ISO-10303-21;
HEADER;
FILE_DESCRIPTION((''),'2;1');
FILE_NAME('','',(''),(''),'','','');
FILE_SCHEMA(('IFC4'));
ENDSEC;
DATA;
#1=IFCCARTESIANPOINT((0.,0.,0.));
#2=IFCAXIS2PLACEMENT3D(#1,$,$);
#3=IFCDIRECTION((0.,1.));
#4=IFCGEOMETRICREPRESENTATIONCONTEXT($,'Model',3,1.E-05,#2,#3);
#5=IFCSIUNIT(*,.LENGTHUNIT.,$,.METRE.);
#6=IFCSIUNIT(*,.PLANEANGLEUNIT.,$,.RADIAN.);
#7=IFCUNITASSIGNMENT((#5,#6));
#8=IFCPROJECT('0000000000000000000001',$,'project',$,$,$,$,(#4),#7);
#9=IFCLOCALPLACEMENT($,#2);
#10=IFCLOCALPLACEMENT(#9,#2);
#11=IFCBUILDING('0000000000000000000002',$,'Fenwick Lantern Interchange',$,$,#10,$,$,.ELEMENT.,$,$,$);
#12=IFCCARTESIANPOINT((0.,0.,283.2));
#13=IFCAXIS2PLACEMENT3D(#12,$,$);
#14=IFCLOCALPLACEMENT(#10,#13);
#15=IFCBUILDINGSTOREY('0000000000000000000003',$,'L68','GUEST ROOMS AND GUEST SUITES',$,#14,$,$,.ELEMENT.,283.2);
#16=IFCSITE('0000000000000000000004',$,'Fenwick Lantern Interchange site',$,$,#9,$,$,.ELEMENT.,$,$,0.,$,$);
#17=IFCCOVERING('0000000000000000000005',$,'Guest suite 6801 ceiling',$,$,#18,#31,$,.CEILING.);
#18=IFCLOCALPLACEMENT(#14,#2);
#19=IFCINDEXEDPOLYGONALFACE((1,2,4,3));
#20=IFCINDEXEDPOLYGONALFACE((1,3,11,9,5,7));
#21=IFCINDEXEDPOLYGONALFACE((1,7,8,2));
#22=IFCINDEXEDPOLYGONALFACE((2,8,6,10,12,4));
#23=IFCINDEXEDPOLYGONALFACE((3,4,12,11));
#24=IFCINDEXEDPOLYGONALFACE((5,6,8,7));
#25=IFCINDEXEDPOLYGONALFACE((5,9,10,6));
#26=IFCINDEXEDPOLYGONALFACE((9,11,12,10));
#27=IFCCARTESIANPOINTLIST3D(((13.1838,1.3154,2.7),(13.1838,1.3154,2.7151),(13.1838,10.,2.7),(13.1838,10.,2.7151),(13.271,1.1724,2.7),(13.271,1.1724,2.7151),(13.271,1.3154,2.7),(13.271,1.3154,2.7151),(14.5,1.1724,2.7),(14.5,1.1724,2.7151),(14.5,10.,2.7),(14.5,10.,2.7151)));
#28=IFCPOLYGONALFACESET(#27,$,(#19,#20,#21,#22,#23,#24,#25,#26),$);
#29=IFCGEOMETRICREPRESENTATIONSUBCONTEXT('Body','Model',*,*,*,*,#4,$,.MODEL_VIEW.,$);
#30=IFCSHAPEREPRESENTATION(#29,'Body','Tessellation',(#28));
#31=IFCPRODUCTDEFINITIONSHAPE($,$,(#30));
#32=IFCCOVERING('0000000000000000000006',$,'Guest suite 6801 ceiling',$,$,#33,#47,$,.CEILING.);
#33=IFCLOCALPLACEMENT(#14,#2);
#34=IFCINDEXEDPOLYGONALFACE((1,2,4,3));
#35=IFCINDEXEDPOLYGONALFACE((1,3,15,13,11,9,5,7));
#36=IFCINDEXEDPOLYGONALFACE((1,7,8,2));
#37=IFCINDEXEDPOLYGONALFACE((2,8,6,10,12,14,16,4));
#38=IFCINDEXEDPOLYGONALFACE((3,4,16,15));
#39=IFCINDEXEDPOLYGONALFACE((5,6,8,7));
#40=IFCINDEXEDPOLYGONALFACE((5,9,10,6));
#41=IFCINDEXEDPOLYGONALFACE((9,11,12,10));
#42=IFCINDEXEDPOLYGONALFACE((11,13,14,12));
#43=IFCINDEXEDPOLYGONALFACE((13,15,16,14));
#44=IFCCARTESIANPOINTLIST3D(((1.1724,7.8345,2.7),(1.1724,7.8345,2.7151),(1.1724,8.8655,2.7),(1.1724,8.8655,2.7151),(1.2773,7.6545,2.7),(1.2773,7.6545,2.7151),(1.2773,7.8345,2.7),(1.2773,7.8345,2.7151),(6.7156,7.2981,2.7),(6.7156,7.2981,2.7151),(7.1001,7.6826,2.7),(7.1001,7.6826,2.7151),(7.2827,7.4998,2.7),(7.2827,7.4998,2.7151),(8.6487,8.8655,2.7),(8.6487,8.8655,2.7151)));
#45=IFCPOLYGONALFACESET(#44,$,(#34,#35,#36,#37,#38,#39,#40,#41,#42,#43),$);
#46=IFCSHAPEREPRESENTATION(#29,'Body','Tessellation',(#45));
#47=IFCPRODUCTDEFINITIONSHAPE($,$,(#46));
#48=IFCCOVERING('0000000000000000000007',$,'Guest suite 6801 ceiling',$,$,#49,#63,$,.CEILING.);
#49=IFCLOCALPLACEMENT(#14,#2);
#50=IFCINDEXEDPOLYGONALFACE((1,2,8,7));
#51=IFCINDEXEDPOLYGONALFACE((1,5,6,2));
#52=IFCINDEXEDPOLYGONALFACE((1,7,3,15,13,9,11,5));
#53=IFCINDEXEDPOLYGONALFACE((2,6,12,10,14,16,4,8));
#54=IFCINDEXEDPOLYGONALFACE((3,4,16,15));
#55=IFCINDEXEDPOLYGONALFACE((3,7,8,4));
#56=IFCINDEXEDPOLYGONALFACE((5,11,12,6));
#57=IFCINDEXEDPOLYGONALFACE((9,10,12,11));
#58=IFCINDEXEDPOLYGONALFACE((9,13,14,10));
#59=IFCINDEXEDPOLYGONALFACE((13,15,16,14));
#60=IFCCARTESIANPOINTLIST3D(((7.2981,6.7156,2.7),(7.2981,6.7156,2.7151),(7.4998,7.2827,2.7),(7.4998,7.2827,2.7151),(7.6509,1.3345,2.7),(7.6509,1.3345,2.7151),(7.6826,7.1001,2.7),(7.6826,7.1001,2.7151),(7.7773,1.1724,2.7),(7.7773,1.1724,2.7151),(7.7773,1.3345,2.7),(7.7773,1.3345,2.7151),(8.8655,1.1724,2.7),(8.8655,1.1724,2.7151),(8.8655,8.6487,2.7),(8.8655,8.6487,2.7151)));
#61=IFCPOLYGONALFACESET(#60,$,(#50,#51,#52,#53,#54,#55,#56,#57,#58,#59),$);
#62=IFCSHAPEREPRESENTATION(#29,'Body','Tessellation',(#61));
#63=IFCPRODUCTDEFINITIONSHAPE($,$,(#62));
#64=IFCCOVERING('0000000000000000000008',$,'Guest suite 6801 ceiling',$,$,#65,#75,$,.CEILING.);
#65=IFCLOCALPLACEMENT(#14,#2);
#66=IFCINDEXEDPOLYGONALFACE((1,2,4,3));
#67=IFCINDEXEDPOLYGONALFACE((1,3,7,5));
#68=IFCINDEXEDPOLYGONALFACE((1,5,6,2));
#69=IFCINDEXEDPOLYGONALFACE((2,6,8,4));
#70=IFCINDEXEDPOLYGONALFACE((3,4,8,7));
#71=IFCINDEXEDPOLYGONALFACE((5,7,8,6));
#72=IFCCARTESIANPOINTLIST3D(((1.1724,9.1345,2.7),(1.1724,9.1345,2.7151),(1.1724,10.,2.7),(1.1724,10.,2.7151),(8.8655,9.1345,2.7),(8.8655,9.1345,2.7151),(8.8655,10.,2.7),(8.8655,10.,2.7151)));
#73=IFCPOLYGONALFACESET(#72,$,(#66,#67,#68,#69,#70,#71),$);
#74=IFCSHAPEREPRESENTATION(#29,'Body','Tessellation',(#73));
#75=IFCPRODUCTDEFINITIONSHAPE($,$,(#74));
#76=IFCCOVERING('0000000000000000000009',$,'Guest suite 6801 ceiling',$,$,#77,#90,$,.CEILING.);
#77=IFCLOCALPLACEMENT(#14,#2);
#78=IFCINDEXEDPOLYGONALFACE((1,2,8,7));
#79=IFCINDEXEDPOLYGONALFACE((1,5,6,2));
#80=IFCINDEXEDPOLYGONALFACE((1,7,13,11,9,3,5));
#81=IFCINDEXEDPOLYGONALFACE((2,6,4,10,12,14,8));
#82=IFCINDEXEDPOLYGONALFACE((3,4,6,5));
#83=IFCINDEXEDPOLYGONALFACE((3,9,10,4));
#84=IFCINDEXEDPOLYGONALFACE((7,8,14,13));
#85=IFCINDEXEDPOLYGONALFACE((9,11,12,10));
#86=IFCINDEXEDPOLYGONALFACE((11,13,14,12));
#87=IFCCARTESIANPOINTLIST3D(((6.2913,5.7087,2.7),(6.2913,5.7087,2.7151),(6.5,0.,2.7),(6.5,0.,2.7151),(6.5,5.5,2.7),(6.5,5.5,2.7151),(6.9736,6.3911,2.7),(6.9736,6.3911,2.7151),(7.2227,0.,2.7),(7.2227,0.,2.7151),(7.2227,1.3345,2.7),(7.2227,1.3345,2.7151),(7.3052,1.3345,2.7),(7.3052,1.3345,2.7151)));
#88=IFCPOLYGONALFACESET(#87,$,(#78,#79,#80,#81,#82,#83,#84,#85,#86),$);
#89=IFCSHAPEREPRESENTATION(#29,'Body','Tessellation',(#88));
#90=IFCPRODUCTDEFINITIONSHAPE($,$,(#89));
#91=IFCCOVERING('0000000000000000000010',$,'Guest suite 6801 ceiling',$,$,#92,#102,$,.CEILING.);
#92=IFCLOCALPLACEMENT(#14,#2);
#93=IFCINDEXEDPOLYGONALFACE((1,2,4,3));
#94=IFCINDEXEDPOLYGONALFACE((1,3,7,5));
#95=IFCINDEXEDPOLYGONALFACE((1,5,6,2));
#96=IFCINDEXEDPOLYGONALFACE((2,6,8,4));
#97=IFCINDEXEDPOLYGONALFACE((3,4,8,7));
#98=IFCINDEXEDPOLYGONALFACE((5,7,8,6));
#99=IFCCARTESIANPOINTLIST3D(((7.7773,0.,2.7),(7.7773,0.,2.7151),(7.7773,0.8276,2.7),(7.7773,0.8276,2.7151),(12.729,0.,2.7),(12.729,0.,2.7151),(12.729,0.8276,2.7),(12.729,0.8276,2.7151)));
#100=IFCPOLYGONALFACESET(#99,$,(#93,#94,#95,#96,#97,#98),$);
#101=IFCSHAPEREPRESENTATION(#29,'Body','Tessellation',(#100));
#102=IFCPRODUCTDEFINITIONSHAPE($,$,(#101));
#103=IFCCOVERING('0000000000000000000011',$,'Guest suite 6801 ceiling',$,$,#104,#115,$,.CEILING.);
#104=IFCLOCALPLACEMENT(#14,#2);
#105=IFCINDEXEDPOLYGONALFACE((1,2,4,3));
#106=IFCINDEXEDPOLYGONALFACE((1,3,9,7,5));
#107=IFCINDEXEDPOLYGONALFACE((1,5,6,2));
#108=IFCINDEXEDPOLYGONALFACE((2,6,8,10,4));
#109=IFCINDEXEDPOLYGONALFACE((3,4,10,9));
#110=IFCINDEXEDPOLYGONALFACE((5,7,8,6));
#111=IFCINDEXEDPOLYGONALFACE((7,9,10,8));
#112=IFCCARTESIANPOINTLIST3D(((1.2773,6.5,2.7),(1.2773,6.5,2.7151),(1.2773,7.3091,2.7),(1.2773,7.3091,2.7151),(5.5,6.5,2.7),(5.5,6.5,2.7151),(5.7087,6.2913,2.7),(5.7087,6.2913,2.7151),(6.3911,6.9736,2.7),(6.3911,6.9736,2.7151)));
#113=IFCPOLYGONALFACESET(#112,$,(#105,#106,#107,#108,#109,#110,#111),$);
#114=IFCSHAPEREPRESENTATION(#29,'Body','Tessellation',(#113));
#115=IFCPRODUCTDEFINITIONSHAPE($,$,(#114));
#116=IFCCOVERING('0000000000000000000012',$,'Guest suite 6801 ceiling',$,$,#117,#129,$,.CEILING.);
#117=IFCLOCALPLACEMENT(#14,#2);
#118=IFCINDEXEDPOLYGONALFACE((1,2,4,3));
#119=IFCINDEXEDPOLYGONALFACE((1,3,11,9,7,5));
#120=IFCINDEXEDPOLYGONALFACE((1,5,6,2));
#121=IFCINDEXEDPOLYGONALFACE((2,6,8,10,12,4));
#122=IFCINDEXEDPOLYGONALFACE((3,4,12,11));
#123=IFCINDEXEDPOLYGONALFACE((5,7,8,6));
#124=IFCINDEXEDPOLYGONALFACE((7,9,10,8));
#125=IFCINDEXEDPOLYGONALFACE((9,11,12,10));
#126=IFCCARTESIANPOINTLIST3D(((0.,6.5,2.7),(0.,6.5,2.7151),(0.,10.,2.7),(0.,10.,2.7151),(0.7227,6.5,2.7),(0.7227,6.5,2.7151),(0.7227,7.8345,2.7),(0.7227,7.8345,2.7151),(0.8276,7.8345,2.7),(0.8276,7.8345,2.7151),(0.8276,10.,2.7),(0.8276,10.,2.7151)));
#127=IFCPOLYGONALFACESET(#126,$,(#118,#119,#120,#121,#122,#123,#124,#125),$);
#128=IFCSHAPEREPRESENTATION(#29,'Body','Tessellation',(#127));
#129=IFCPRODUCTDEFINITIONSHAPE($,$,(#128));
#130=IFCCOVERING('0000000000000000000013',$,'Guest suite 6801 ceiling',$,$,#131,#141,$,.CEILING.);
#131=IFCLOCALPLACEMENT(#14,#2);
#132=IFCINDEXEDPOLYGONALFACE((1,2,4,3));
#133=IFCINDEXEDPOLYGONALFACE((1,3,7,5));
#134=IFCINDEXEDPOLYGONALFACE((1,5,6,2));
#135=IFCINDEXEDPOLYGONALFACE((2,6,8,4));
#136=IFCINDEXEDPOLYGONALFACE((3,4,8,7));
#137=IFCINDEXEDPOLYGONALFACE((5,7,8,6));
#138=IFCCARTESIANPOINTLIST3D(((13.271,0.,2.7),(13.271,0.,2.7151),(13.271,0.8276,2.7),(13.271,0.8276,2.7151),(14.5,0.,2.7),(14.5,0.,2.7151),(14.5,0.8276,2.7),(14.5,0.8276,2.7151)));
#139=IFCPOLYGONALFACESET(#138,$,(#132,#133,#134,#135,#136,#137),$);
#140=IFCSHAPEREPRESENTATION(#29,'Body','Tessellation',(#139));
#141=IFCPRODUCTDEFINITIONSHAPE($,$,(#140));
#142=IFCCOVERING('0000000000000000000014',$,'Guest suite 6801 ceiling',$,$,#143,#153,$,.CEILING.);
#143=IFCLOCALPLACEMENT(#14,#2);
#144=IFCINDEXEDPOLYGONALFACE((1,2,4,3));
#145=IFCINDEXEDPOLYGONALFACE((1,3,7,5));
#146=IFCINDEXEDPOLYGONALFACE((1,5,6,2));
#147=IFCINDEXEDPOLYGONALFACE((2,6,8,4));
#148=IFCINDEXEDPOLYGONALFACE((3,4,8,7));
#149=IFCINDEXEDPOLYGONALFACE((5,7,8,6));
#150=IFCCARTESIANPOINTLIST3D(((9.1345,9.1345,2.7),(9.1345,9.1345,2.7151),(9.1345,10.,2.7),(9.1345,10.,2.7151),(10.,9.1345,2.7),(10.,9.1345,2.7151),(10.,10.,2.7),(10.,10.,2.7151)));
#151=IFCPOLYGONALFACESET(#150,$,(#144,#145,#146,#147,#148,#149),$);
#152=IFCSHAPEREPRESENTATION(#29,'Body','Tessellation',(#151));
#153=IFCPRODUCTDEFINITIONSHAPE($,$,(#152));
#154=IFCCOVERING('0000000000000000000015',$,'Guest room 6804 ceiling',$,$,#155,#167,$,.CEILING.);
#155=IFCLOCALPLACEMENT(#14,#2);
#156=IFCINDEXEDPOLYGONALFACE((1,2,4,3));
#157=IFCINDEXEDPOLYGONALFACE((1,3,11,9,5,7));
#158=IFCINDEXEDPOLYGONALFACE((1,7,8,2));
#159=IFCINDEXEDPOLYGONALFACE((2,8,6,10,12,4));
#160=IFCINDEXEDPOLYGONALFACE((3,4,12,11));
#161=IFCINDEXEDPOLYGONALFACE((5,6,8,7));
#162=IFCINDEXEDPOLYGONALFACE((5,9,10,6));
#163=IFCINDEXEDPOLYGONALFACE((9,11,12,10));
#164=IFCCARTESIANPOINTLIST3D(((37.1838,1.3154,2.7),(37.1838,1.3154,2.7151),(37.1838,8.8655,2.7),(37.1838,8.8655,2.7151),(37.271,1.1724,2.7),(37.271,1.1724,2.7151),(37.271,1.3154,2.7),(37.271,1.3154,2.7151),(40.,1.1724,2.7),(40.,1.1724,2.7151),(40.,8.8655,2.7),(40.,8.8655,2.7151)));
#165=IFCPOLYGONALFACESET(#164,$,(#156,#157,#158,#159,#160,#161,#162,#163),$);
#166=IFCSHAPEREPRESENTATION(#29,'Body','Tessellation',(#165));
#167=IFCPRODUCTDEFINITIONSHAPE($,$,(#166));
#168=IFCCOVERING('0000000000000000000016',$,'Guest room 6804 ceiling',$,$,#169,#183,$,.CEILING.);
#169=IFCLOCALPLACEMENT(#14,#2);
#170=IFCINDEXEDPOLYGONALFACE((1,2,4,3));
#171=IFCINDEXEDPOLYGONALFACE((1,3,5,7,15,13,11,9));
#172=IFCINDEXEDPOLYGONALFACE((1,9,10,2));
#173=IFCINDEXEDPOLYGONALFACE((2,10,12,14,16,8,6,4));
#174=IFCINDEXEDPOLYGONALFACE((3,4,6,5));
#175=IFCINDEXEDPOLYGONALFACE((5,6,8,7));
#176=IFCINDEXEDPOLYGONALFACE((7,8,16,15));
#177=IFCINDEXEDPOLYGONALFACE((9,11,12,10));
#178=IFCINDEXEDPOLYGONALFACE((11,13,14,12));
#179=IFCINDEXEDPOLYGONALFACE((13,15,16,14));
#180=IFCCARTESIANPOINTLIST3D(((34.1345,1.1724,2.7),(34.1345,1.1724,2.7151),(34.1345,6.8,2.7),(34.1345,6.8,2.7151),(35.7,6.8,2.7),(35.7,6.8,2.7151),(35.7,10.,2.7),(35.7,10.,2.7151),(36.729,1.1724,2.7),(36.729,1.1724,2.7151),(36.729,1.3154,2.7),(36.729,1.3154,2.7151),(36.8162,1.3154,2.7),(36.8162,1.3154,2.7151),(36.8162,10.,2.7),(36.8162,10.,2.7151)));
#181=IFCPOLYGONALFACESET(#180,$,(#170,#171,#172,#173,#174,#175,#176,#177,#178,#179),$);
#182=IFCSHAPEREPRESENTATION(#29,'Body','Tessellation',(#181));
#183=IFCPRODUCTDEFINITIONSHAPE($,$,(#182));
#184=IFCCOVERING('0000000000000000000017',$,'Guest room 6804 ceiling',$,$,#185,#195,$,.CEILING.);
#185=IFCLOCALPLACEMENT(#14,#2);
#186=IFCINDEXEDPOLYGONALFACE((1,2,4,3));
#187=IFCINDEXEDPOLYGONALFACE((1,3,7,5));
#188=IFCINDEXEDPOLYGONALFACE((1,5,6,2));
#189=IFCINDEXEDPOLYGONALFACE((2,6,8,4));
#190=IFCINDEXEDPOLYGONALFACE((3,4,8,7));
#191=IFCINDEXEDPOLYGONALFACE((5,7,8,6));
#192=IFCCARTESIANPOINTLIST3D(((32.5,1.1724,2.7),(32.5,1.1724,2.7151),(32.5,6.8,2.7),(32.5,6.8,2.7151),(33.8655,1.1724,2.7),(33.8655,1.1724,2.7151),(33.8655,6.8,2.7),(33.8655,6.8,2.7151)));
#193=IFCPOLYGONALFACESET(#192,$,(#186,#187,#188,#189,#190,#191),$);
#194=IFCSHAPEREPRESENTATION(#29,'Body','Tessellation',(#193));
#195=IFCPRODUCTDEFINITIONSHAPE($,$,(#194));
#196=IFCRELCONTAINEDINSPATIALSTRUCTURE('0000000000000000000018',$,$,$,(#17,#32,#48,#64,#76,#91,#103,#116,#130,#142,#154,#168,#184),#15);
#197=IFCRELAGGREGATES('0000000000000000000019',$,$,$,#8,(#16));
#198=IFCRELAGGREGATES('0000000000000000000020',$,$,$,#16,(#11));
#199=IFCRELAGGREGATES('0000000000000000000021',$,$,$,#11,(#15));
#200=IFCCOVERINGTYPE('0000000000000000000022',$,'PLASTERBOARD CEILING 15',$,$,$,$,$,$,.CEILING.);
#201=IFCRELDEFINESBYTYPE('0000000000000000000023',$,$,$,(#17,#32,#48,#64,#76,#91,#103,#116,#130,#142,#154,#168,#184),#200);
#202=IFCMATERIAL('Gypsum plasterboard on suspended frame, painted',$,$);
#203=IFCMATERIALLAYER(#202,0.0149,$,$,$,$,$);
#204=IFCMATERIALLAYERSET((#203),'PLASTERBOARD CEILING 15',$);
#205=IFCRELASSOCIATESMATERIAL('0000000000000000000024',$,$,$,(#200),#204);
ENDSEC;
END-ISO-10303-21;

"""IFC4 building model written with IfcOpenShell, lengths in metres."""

from ifc_helpers import new_model, si_unit, direction, frame, origin, place, context, subcontext, project, spatial, polyline, outline, extrude, material, layer, layer_set, type_object, element, save


model = new_model("IFC4")

# Units and contexts
model_context = context("Model", 3, precision=1e-05, world=origin(), true_north=direction((0.0, 1.0)))
body_context = subcontext(model_context, "Body", "Model", "MODEL_VIEW")
ifc_project = project(units=[si_unit("LENGTHUNIT", "METRE"), si_unit("PLANEANGLEUNIT", "RADIAN")], contexts=[model_context])

# Site, building, storey
site_placement = place(None, origin())
site = spatial("IfcSite", under=ifc_project, at=site_placement, Name="Fenwick Lantern Interchange site", CompositionType="ELEMENT", RefElevation=0.0)
building_placement = place(site_placement, origin())
building = spatial("IfcBuilding", under=site, at=building_placement, Name="Fenwick Lantern Interchange", CompositionType="ELEMENT")
storey_placement = place(building_placement, frame((0.0, 0.0, 283.2)))
storey = spatial("IfcBuildingStorey", under=building, at=storey_placement, Name="L68", Description="GUEST ROOMS AND GUEST SUITES", CompositionType="ELEMENT", Elevation=283.2)

# Coverings
ifc_material = material(Name="Gypsum plasterboard on suspended frame, painted")
ifc_layer = layer(ifc_material, 0.0149)
ifc_layer_set = layer_set([ifc_layer], Name="PLASTERBOARD CEILING 15")
covering_type = type_object("IfcCoveringType", Name="PLASTERBOARD CEILING 15", PredefinedType="CEILING", material=ifc_layer_set)
covering_1_placement = place(storey_placement, frame((0.0, 0.0, 2.7)))
element("IfcCovering", 1, at=covering_1_placement, inside=storey, type_object=covering_type, Name="Guest suite 6801 ceiling", PredefinedType="CEILING", context=body_context, shape_type="SweptSolid", body=[
    extrude(outline(polyline([(14.5, 10.0), (13.1838, 10.0), (13.1838, 1.3154), (13.271, 1.3154), (13.271, 1.1724), (14.5, 1.1724), (14.5, 10.0)])), origin(), (0.0, 0.0, 1.0), 0.0151),
])
covering_2_placement = place(storey_placement, frame((0.0, 0.0, 2.7)))
element("IfcCovering", 2, at=covering_2_placement, inside=storey, type_object=covering_type, Name="Guest suite 6801 ceiling", PredefinedType="CEILING", context=body_context, shape_type="SweptSolid", body=[
    extrude(outline(polyline([(7.1001, 7.6826), (7.2827, 7.4998), (8.6487, 8.8655), (1.1724, 8.8655), (1.1724, 7.8345), (1.2773, 7.8345), (1.2773, 7.6545), (6.7156, 7.2981), (7.1001, 7.6826)])), origin(), (0.0, 0.0, 1.0), 0.0151),
])
covering_3_placement = place(storey_placement, frame((0.0, 0.0, 2.7)))
element("IfcCovering", 3, at=covering_3_placement, inside=storey, type_object=covering_type, Name="Guest suite 6801 ceiling", PredefinedType="CEILING", context=body_context, shape_type="SweptSolid", body=[
    extrude(outline(polyline([(7.7773, 1.3345), (7.7773, 1.1724), (8.8655, 1.1724), (8.8655, 8.6487), (7.4998, 7.2827), (7.6826, 7.1001), (7.2981, 6.7156), (7.6509, 1.3345), (7.7773, 1.3345)])), origin(), (0.0, 0.0, 1.0), 0.0151),
])
covering_4_placement = place(storey_placement, frame((0.0, 0.0, 2.7)))
element("IfcCovering", 4, at=covering_4_placement, inside=storey, type_object=covering_type, Name="Guest suite 6801 ceiling", PredefinedType="CEILING", context=body_context, shape_type="SweptSolid", body=[
    extrude(outline(polyline([(8.8655, 10.0), (1.1724, 10.0), (1.1724, 9.1345), (8.8655, 9.1345), (8.8655, 10.0)])), origin(), (0.0, 0.0, 1.0), 0.0151),
])
covering_5_placement = place(storey_placement, frame((0.0, 0.0, 2.7)))
element("IfcCovering", 5, at=covering_5_placement, inside=storey, type_object=covering_type, Name="Guest suite 6801 ceiling", PredefinedType="CEILING", context=body_context, shape_type="SweptSolid", body=[
    extrude(outline(polyline([(7.2227, 1.3345), (7.3052, 1.3345), (6.9736, 6.3911), (6.2913, 5.7087), (6.5, 5.5), (6.5, 0.0), (7.2227, 0.0), (7.2227, 1.3345)])), origin(), (0.0, 0.0, 1.0), 0.0151),
])
covering_6_placement = place(storey_placement, frame((0.0, 0.0, 2.7)))
element("IfcCovering", 6, at=covering_6_placement, inside=storey, type_object=covering_type, Name="Guest suite 6801 ceiling", PredefinedType="CEILING", context=body_context, shape_type="SweptSolid", body=[
    extrude(outline(polyline([(12.729, 0.0), (12.729, 0.8276), (7.7773, 0.8276), (7.7773, 0.0), (12.729, 0.0)])), origin(), (0.0, 0.0, 1.0), 0.0151),
])
covering_7_placement = place(storey_placement, frame((0.0, 0.0, 2.7)))
element("IfcCovering", 7, at=covering_7_placement, inside=storey, type_object=covering_type, Name="Guest suite 6801 ceiling", PredefinedType="CEILING", context=body_context, shape_type="SweptSolid", body=[
    extrude(outline(polyline([(5.7087, 6.2913), (6.3911, 6.9736), (1.2773, 7.3091), (1.2773, 6.5), (5.5, 6.5), (5.7087, 6.2913)])), origin(), (0.0, 0.0, 1.0), 0.0151),
])
covering_8_placement = place(storey_placement, frame((0.0, 0.0, 2.7)))
element("IfcCovering", 8, at=covering_8_placement, inside=storey, type_object=covering_type, Name="Guest suite 6801 ceiling", PredefinedType="CEILING", context=body_context, shape_type="SweptSolid", body=[
    extrude(outline(polyline([(0.7227, 7.8345), (0.8276, 7.8345), (0.8276, 10.0), (0.0, 10.0), (0.0, 6.5), (0.7227, 6.5), (0.7227, 7.8345)])), origin(), (0.0, 0.0, 1.0), 0.0151),
])
covering_9_placement = place(storey_placement, frame((0.0, 0.0, 2.7)))
element("IfcCovering", 9, at=covering_9_placement, inside=storey, type_object=covering_type, Name="Guest suite 6801 ceiling", PredefinedType="CEILING", context=body_context, shape_type="SweptSolid", body=[
    extrude(outline(polyline([(14.5, 0.0), (14.5, 0.8276), (13.271, 0.8276), (13.271, 0.0), (14.5, 0.0)])), origin(), (0.0, 0.0, 1.0), 0.0151),
])
covering_10_placement = place(storey_placement, frame((0.0, 0.0, 2.7)))
element("IfcCovering", 10, at=covering_10_placement, inside=storey, type_object=covering_type, Name="Guest suite 6801 ceiling", PredefinedType="CEILING", context=body_context, shape_type="SweptSolid", body=[
    extrude(outline(polyline([(10.0, 9.1345), (10.0, 10.0), (9.1345, 10.0), (9.1345, 9.1345), (10.0, 9.1345)])), origin(), (0.0, 0.0, 1.0), 0.0151),
])
covering_11_placement = place(storey_placement, frame((0.0, 0.0, 2.7)))
element("IfcCovering", 11, at=covering_11_placement, inside=storey, type_object=covering_type, Name="Guest room 6804 ceiling", PredefinedType="CEILING", context=body_context, shape_type="SweptSolid", body=[
    extrude(outline(polyline([(37.271, 1.3154), (37.271, 1.1724), (40.0, 1.1724), (40.0, 8.8655), (37.1838, 8.8655), (37.1838, 1.3154), (37.271, 1.3154)])), origin(), (0.0, 0.0, 1.0), 0.0151),
])
covering_12_placement = place(storey_placement, frame((0.0, 0.0, 2.7)))
element("IfcCovering", 12, at=covering_12_placement, inside=storey, type_object=covering_type, Name="Guest room 6804 ceiling", PredefinedType="CEILING", context=body_context, shape_type="SweptSolid", body=[
    extrude(outline(polyline([(36.729, 1.3154), (36.8162, 1.3154), (36.8162, 10.0), (35.7, 10.0), (35.7, 6.8), (34.1345, 6.8), (34.1345, 1.1724), (36.729, 1.1724), (36.729, 1.3154)])), origin(), (0.0, 0.0, 1.0), 0.0151),
])
covering_13_placement = place(storey_placement, frame((0.0, 0.0, 2.7)))
element("IfcCovering", 13, at=covering_13_placement, inside=storey, type_object=covering_type, Name="Guest room 6804 ceiling", PredefinedType="CEILING", context=body_context, shape_type="SweptSolid", body=[
    extrude(outline(polyline([(32.5, 6.8), (32.5, 1.1724), (33.8655, 1.1724), (33.8655, 6.8), (32.5, 6.8)])), origin(), (0.0, 0.0, 1.0), 0.0151),
])

save(model, "model.ifc")
